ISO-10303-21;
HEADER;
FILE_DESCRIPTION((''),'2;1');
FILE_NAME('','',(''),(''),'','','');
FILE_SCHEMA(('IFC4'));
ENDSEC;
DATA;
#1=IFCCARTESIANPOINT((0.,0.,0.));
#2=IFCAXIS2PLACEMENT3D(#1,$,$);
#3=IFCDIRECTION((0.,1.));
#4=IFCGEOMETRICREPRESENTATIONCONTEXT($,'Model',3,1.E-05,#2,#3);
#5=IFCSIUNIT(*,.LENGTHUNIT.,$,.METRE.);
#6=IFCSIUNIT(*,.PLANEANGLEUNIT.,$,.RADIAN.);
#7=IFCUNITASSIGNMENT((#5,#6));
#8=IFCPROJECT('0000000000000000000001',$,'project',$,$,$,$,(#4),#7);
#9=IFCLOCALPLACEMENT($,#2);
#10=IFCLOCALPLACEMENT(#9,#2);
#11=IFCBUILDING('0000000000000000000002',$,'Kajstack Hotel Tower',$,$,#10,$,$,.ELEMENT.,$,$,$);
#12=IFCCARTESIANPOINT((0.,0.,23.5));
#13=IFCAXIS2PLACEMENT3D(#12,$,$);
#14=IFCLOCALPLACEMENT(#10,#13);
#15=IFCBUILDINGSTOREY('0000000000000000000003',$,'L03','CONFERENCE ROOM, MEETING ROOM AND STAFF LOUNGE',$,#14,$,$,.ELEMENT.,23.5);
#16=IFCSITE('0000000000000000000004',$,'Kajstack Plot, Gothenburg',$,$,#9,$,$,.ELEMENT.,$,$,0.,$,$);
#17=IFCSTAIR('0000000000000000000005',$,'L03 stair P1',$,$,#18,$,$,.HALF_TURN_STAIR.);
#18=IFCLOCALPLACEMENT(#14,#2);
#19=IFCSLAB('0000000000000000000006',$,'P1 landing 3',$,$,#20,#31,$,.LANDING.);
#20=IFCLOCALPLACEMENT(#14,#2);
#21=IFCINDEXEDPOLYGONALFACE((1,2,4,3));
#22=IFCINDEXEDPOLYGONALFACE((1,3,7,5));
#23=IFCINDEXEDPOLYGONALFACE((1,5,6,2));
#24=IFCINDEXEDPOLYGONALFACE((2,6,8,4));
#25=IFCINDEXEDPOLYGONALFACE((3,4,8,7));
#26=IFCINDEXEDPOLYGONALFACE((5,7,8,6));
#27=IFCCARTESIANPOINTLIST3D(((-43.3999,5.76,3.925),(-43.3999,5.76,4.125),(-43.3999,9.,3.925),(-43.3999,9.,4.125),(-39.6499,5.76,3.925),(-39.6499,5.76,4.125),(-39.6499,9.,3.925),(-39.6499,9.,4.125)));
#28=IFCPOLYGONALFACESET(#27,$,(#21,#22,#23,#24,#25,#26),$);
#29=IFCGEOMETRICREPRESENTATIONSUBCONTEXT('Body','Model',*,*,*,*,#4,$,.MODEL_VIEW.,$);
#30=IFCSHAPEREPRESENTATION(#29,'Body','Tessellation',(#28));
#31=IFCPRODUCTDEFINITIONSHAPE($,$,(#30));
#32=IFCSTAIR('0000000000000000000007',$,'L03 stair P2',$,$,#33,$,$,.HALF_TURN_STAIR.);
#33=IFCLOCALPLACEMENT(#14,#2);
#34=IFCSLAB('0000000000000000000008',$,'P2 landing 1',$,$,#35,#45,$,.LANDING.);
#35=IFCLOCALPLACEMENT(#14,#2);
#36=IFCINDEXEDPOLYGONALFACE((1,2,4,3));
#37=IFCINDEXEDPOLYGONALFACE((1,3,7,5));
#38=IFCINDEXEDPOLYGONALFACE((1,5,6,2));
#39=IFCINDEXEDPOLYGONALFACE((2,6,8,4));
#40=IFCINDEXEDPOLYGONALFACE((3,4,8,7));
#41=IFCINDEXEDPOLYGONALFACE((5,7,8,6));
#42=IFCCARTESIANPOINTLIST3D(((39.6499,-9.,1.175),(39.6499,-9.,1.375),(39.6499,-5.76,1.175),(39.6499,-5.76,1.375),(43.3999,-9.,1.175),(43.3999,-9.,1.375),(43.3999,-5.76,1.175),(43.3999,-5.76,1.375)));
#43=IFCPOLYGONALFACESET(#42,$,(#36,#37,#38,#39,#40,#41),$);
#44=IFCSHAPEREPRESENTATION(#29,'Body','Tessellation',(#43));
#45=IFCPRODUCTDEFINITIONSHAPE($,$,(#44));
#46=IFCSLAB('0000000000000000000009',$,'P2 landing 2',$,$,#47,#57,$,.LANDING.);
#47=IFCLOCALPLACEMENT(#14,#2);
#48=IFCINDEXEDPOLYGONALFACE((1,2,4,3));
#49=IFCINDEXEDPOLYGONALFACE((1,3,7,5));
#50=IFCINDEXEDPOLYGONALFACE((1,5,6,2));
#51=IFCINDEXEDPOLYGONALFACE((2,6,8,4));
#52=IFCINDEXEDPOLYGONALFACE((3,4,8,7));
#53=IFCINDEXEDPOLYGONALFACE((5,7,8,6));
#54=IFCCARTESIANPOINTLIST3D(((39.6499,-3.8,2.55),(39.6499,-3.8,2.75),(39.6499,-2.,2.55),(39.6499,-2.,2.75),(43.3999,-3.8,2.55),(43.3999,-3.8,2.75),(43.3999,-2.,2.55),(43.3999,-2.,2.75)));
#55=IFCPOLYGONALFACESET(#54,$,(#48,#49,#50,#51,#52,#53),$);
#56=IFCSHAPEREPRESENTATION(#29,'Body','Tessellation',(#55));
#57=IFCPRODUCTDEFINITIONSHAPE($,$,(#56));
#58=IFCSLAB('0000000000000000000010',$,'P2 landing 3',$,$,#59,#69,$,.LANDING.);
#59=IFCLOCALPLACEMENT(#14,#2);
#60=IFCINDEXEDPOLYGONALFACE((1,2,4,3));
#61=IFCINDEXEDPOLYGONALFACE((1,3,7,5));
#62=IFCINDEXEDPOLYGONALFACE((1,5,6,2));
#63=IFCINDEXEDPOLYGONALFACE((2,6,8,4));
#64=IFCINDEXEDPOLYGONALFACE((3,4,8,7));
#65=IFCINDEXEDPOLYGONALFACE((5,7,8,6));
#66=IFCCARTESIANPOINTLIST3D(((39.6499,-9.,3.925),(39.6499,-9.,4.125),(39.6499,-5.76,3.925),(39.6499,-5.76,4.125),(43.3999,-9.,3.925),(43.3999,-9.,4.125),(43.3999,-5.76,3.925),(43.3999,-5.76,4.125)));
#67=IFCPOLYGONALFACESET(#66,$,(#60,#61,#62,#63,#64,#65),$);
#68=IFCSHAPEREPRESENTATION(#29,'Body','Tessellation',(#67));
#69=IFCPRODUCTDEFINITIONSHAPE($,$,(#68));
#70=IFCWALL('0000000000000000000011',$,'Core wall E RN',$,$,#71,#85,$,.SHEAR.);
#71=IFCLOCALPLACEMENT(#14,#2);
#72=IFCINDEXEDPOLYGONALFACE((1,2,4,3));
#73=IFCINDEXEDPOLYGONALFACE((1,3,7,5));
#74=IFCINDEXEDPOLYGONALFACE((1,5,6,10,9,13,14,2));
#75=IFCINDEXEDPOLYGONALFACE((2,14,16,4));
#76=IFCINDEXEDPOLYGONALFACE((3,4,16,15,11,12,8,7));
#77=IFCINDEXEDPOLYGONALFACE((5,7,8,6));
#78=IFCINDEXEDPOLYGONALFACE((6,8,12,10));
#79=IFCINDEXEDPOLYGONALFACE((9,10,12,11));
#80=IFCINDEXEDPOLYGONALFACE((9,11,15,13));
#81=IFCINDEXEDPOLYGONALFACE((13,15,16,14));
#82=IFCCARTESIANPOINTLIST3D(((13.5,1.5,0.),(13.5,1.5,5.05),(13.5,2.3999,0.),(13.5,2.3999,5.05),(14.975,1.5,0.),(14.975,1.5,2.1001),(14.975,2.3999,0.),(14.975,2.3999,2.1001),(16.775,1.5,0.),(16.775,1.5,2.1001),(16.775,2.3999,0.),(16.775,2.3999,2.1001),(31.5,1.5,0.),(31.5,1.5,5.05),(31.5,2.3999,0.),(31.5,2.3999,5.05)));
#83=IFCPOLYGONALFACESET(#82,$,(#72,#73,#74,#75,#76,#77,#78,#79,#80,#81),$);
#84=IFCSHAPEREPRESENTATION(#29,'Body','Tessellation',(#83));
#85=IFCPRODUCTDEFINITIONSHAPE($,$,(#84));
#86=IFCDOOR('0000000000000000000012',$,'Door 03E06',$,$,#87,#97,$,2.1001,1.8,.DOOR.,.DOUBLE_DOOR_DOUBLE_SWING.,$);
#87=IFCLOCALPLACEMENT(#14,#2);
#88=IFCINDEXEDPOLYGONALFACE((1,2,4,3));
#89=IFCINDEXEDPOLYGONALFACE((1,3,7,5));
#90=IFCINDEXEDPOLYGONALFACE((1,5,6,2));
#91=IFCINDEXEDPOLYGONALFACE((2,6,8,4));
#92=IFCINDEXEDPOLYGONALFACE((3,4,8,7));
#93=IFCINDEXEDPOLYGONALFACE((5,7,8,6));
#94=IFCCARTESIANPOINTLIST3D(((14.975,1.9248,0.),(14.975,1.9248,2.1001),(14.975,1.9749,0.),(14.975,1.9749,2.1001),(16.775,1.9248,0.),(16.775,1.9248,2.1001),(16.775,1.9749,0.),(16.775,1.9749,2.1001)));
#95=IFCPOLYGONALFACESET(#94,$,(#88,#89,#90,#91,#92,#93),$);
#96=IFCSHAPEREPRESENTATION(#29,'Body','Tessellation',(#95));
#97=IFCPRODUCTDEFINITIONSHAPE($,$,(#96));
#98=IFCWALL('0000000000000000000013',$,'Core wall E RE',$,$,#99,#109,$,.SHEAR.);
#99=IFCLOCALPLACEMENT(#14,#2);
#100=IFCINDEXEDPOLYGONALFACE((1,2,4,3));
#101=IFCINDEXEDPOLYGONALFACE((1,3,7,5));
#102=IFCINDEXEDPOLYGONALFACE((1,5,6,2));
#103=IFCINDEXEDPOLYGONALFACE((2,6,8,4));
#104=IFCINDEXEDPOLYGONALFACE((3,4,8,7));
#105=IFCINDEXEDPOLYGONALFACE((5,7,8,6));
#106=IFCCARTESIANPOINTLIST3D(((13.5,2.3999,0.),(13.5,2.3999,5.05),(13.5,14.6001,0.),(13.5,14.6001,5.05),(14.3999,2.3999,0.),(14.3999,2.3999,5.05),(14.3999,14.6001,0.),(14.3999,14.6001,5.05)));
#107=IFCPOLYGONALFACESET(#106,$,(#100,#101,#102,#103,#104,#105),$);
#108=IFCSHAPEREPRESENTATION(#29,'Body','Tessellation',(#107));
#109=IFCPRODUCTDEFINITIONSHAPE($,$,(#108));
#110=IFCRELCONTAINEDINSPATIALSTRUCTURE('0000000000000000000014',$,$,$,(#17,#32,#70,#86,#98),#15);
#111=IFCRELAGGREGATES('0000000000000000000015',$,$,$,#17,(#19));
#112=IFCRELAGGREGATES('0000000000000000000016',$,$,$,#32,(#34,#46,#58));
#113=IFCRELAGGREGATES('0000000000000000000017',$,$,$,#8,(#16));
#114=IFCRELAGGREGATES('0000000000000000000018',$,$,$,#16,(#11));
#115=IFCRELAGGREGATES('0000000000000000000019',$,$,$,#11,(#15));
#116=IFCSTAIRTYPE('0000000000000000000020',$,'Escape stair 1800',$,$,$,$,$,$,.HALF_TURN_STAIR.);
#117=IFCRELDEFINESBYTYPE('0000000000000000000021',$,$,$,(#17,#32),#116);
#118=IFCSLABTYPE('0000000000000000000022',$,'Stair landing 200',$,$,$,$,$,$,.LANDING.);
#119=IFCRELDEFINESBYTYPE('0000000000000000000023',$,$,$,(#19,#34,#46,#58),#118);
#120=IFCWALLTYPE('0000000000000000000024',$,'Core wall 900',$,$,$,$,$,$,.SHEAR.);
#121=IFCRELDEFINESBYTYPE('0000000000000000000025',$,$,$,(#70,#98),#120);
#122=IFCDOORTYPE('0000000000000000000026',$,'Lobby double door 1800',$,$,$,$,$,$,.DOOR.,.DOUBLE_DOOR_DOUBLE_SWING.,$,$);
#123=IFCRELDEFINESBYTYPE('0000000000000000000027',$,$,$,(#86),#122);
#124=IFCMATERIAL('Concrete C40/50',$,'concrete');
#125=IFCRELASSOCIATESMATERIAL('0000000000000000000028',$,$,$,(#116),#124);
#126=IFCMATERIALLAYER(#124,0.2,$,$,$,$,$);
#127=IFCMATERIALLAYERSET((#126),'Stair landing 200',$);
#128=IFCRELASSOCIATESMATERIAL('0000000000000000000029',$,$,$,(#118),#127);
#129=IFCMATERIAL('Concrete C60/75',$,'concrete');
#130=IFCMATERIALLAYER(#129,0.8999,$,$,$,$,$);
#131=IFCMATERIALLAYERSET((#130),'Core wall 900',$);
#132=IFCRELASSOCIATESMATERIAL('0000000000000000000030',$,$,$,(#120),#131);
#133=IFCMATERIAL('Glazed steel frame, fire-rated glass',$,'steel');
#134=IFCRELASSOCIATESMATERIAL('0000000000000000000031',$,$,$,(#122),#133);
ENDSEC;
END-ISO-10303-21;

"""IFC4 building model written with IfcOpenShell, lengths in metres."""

from ifc_helpers import new_model, si_unit, direction, frame, frame_2d, origin, place, context, subcontext, project, spatial, polyline, rectangle, outline, extrude, material, layer, layer_set, type_object, element, fill, aggregate, save


model = new_model("IFC4")

# Units and contexts
model_context = context("Model", 3, precision=1e-05, world=origin(), true_north=direction((0.0, 1.0)))
body_context = subcontext(model_context, "Body", "Model", "MODEL_VIEW")
ifc_project = project(units=[si_unit("LENGTHUNIT", "METRE"), si_unit("PLANEANGLEUNIT", "RADIAN")], contexts=[model_context])

# Site, building, storey
site_placement = place(None, origin())
site = spatial("IfcSite", under=ifc_project, at=site_placement, Name="Kajstack Plot, Gothenburg", CompositionType="ELEMENT", RefElevation=0.0)
building_placement = place(site_placement, origin())
building = spatial("IfcBuilding", under=site, at=building_placement, Name="Kajstack Hotel Tower", CompositionType="ELEMENT")
storey_placement = place(building_placement, frame((0.0, 0.0, 23.5)))
storey = spatial("IfcBuildingStorey", under=building, at=storey_placement, Name="L03", Description="CONFERENCE ROOM, MEETING ROOM AND STAFF LOUNGE", CompositionType="ELEMENT", Elevation=23.5)

# Stair, slab
ifc_material_1 = material(Name="Concrete C40/50", Category="concrete")
stair_type = type_object("IfcStairType", Name="Escape stair 1800", PredefinedType="HALF_TURN_STAIR", material=ifc_material_1)
stair_1_placement = place(storey_placement, origin())
stair_1 = element("IfcStair", 1, at=stair_1_placement, inside=storey, type_object=stair_type, Name="L03 stair P1", PredefinedType="HALF_TURN_STAIR")
ifc_layer_1 = layer(ifc_material_1, 0.2)
ifc_layer_set_1 = layer_set([ifc_layer_1], Name="Stair landing 200")
slab_type = type_object("IfcSlabType", Name="Stair landing 200", PredefinedType="LANDING", material=ifc_layer_set_1)
slab_1_placement = place(storey_placement, frame((0.0, 0.0, 3.925)))
slab_1 = element("IfcSlab", 2, at=slab_1_placement, type_object=slab_type, Name="P1 landing 3", PredefinedType="LANDING", context=body_context, shape_type="SweptSolid", body=[
    extrude(outline(polyline([(-39.6499, 5.76), (-39.6499, 9.0), (-43.3999, 9.0), (-43.3999, 5.76), (-39.6499, 5.76)])), origin(), (0.0, 0.0, 1.0), 0.2),
])
aggregate(stair_1, [slab_1])

# Stair, slabs
stair_2_placement = place(storey_placement, origin())
stair_2 = element("IfcStair", 3, at=stair_2_placement, inside=storey, type_object=stair_type, Name="L03 stair P2", PredefinedType="HALF_TURN_STAIR")
slab_2_placement = place(storey_placement, frame((0.0, 0.0, 1.175)))
slab_2 = element("IfcSlab", 4, at=slab_2_placement, type_object=slab_type, Name="P2 landing 1", PredefinedType="LANDING", context=body_context, shape_type="SweptSolid", body=[
    extrude(outline(polyline([(39.6499, -5.76), (39.6499, -9.0), (43.3999, -9.0), (43.3999, -5.76), (39.6499, -5.76)])), origin(), (0.0, 0.0, 1.0), 0.2),
])
slab_3_placement = place(storey_placement, frame((0.0, 0.0, 2.55)))
slab_3 = element("IfcSlab", 5, at=slab_3_placement, type_object=slab_type, Name="P2 landing 2", PredefinedType="LANDING", context=body_context, shape_type="SweptSolid", body=[
    extrude(outline(polyline([(39.6499, -2.0), (39.6499, -3.8), (43.3999, -3.8), (43.3999, -2.0), (39.6499, -2.0)])), origin(), (0.0, 0.0, 1.0), 0.2),
])
slab_4_placement = place(storey_placement, frame((0.0, 0.0, 3.925)))
slab_4 = element("IfcSlab", 6, at=slab_4_placement, type_object=slab_type, Name="P2 landing 3", PredefinedType="LANDING", context=body_context, shape_type="SweptSolid", body=[
    extrude(outline(polyline([(39.6499, -5.76), (39.6499, -9.0), (43.3999, -9.0), (43.3999, -5.76), (39.6499, -5.76)])), origin(), (0.0, 0.0, 1.0), 0.2),
])
aggregate(stair_2, [slab_2, slab_3, slab_4])

# Wall, opening, door
ifc_material_2 = material(Name="Concrete C60/75", Category="concrete")
ifc_layer_2 = layer(ifc_material_2, 0.8999)
ifc_layer_set_2 = layer_set([ifc_layer_2], Name="Core wall 900")
wall_type_1 = type_object("IfcWallType", Name="Core wall 900", PredefinedType="SHEAR", material=ifc_layer_set_2)
wall_1_placement = place(storey_placement, frame((13.5, 1.95, 0.0), z_axis=(0.0, 0.0, 1.0), x_axis=(1.0, 0.0, 0.0)))
wall_1 = element("IfcWall", 7, at=wall_1_placement, inside=storey, type_object=wall_type_1, Name="Core wall E RN", PredefinedType="SHEAR", context=body_context, shape_type="SweptSolid", body=[
    extrude(rectangle(XDim=18.0, YDim=0.8999, at=frame_2d((9.0, 0.0))), origin(), (0.0, 0.0, 1.0), 5.05),
])
opening_1_placement = place(wall_1_placement, frame((1.4751, 0.0, 0.0)))
opening_1 = element("IfcOpeningElement", 8, at=opening_1_placement, cuts=wall_1, PredefinedType="OPENING", context=body_context, shape_type="SweptSolid", body=[
    extrude(rectangle(XDim=1.8, YDim=2.1001, at=frame_2d((0.8999, 1.05))), frame((0.0, 0.46, 0.0), z_axis=(0.0, -1.0, 0.0), x_axis=(1.0, 0.0, 0.0)), (0.0, 0.0, 1.0), 0.9199),
])
ifc_material_3 = material(Name="Glazed steel frame, fire-rated glass", Category="steel")
door_type_1 = type_object("IfcDoorType", Name="Lobby double door 1800", OperationType="DOUBLE_DOOR_DOUBLE_SWING", PredefinedType="DOOR", material=ifc_material_3)
door_1_placement = place(opening_1_placement, origin())
door_1 = element("IfcDoor", 9, at=door_1_placement, inside=storey, type_object=door_type_1, Name="Door 03E06", OperationType="DOUBLE_DOOR_DOUBLE_SWING", OverallHeight=2.1001, OverallWidth=1.8, PredefinedType="DOOR", context=body_context, shape_type="SweptSolid", body=[
    extrude(rectangle(XDim=1.8, YDim=2.1001, at=frame_2d((0.8999, 1.05))), frame((0.0, 0.0249, 0.0), z_axis=(0.0, -1.0, 0.0), x_axis=(1.0, 0.0, 0.0)), (0.0, 0.0, 1.0), 0.05),
])
fill(opening_1, door_1)

# Wall
wall_2_placement = place(storey_placement, frame((13.95, 2.3999, 0.0), z_axis=(0.0, 0.0, 1.0), x_axis=(0.0, 1.0, 0.0)))
element("IfcWall", 10, at=wall_2_placement, inside=storey, type_object=wall_type_1, Name="Core wall E RE", PredefinedType="SHEAR", context=body_context, shape_type="SweptSolid", body=[
    extrude(rectangle(XDim=12.2002, YDim=0.8999, at=frame_2d((6.1001, 0.0))), origin(), (0.0, 0.0, 1.0), 5.05),
])

save(model, "model.ifc")
